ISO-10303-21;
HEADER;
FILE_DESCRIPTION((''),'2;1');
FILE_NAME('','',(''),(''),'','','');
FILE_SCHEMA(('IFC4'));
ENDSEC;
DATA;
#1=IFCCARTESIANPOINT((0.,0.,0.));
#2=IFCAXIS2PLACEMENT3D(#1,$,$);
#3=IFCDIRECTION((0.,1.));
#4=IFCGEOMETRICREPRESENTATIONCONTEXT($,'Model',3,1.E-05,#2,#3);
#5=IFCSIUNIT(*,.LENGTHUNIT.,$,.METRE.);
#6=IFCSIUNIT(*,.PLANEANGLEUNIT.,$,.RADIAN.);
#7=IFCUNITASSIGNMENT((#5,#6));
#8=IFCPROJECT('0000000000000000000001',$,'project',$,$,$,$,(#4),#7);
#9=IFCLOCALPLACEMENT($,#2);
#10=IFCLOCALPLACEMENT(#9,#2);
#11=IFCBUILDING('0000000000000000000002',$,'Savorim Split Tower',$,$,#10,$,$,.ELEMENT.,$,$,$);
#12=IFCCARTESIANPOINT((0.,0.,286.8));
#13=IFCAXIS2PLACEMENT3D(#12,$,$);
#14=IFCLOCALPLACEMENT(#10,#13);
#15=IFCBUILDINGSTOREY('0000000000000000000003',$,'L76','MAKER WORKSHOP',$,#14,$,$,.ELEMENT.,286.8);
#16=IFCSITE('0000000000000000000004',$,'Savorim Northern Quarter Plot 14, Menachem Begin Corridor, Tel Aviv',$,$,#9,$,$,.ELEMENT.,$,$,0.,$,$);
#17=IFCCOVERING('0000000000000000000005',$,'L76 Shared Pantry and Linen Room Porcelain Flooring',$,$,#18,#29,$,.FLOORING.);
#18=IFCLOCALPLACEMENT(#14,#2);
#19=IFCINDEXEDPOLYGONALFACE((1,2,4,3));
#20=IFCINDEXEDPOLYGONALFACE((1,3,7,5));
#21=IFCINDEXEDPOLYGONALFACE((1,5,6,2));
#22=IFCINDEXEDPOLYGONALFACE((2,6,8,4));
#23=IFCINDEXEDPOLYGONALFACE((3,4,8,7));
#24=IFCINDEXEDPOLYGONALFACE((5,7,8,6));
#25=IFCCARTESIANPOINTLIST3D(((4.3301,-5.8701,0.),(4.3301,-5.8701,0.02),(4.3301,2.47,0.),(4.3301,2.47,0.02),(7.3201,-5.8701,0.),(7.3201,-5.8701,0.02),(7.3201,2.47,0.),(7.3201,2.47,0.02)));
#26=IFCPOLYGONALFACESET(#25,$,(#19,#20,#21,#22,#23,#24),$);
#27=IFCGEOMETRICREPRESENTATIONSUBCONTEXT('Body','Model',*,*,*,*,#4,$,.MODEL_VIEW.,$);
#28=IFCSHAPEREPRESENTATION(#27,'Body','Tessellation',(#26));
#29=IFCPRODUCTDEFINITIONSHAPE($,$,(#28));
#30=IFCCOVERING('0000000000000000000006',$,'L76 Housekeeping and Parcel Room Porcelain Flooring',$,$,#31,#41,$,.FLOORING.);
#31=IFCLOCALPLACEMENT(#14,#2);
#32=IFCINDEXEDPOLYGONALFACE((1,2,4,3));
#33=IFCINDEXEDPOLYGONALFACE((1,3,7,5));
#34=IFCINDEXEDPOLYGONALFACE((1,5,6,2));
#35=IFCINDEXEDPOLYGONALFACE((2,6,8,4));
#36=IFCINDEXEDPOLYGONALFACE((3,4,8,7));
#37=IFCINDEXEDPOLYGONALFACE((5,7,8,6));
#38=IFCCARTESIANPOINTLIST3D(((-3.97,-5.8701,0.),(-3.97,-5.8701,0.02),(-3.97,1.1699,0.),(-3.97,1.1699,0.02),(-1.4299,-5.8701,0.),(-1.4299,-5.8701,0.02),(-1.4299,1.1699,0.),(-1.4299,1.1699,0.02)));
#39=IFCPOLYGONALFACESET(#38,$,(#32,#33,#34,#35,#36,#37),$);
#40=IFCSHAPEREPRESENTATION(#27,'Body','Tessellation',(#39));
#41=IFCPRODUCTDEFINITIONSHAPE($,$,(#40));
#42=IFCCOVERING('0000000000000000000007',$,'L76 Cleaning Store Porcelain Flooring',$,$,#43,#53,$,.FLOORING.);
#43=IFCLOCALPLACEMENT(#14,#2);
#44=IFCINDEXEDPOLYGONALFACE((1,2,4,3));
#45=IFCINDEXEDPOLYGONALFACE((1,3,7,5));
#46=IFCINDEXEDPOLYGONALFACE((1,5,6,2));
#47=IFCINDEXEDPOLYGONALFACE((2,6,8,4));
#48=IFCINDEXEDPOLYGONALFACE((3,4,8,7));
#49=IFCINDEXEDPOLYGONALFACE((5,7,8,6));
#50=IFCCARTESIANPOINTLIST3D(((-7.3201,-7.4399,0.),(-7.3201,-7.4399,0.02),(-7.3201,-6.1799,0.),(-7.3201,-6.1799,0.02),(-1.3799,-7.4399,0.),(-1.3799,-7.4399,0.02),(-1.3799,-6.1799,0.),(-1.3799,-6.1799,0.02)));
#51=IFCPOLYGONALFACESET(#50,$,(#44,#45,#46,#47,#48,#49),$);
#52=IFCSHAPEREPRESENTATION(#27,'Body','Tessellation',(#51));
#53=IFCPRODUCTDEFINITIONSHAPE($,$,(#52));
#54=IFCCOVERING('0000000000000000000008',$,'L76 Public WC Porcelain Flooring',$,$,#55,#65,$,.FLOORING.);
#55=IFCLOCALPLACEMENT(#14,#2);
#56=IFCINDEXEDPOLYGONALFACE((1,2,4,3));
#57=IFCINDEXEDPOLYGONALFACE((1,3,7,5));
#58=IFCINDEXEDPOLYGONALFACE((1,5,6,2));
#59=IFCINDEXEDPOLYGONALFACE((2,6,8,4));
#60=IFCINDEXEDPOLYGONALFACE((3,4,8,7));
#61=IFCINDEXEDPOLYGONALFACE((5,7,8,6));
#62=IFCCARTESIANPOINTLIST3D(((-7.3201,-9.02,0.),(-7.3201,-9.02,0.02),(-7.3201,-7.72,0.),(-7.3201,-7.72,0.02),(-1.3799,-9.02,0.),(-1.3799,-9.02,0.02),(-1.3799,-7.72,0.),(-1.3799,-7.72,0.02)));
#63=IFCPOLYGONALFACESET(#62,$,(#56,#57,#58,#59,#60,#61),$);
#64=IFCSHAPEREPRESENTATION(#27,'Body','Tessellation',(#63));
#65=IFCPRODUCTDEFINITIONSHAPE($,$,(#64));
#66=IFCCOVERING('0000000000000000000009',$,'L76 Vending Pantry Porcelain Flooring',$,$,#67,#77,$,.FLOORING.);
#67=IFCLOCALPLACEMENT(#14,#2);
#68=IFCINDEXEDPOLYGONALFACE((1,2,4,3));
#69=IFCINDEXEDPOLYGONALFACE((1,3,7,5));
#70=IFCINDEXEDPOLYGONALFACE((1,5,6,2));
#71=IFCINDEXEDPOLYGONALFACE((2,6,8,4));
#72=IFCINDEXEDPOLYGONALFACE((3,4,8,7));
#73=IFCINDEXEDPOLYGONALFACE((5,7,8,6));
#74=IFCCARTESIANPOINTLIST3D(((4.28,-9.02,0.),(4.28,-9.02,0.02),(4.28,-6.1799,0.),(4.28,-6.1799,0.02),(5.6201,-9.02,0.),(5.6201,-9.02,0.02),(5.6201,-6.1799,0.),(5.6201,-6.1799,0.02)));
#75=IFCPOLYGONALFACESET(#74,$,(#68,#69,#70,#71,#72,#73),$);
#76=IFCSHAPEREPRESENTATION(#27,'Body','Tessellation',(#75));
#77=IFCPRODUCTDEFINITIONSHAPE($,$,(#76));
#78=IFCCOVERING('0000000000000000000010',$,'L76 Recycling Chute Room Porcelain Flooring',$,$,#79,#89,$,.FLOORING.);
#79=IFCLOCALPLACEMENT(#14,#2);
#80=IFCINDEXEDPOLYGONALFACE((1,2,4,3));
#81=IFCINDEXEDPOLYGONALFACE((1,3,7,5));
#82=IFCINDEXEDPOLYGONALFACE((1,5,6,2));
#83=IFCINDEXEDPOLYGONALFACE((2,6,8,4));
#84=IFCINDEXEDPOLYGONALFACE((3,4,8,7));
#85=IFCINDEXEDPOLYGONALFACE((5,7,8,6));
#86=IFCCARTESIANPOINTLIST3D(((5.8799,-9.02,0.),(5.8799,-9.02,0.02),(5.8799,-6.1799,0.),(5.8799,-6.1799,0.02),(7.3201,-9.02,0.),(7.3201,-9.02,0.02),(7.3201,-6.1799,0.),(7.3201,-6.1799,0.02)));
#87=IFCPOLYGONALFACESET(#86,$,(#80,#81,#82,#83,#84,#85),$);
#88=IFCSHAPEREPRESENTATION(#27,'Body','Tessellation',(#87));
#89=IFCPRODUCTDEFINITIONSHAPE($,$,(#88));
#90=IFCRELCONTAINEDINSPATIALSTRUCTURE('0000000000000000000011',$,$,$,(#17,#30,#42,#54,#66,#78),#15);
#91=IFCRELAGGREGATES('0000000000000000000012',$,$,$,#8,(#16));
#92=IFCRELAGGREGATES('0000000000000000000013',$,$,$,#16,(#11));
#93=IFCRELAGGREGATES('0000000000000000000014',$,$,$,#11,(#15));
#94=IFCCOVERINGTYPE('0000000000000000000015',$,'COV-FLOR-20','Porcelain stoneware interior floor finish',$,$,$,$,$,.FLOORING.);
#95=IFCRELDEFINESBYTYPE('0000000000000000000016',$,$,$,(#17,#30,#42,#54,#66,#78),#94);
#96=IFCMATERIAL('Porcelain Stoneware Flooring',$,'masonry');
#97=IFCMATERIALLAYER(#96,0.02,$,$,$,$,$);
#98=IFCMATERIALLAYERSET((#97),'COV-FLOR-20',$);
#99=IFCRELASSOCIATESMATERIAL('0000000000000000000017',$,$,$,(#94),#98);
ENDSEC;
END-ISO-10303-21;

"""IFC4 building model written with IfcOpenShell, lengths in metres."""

from ifc_helpers import new_model, si_unit, direction, frame, origin, place, context, subcontext, project, spatial, polyline, outline, extrude, material, layer, layer_set, type_object, element, save


model = new_model("IFC4")

# Units and contexts
model_context = context("Model", 3, precision=1e-05, world=origin(), true_north=direction((0.0, 1.0)))
body_context = subcontext(model_context, "Body", "Model", "MODEL_VIEW")
ifc_project = project(units=[si_unit("LENGTHUNIT", "METRE"), si_unit("PLANEANGLEUNIT", "RADIAN")], contexts=[model_context])

# Site, building, storey
site_placement = place(None, origin())
site = spatial("IfcSite", under=ifc_project, at=site_placement, Name="Savorim Northern Quarter Plot 14, Menachem Begin Corridor, Tel Aviv", CompositionType="ELEMENT", RefElevation=0.0)
building_placement = place(site_placement, origin())
building = spatial("IfcBuilding", under=site, at=building_placement, Name="Savorim Split Tower", CompositionType="ELEMENT")
storey_placement = place(building_placement, frame((0.0, 0.0, 286.8)))
storey = spatial("IfcBuildingStorey", under=building, at=storey_placement, Name="L76", Description="MAKER WORKSHOP", CompositionType="ELEMENT", Elevation=286.8)

# Coverings
ifc_material_1 = material(Name="Porcelain Stoneware Flooring", Category="masonry")
ifc_layer_1 = layer(ifc_material_1, 0.02)
ifc_layer_set_1 = layer_set([ifc_layer_1], Name="COV-FLOR-20")
covering_type_1 = type_object("IfcCoveringType", Name="COV-FLOR-20", Description="Porcelain stoneware interior floor finish", PredefinedType="FLOORING", material=ifc_layer_set_1)
covering_1_placement = place(storey_placement, origin())
element("IfcCovering", 1, at=covering_1_placement, inside=storey, type_object=covering_type_1, Name="L76 Shared Pantry and Linen Room Porcelain Flooring", PredefinedType="FLOORING", context=body_context, shape_type="SweptSolid", body=[
    extrude(outline(polyline([(4.3301, 2.47), (4.3301, -5.8701), (7.3201, -5.8701), (7.3201, 2.47), (4.3301, 2.47)])), origin(), (0.0, 0.0, 1.0), 0.02),
])
covering_2_placement = place(storey_placement, origin())
element("IfcCovering", 2, at=covering_2_placement, inside=storey, type_object=covering_type_1, Name="L76 Housekeeping and Parcel Room Porcelain Flooring", PredefinedType="FLOORING", context=body_context, shape_type="SweptSolid", body=[
    extrude(outline(polyline([(-3.97, 1.1699), (-3.97, -5.8701), (-1.4299, -5.8701), (-1.4299, 1.1699), (-3.97, 1.1699)])), origin(), (0.0, 0.0, 1.0), 0.02),
])
covering_3_placement = place(storey_placement, origin())
element("IfcCovering", 3, at=covering_3_placement, inside=storey, type_object=covering_type_1, Name="L76 Cleaning Store Porcelain Flooring", PredefinedType="FLOORING", context=body_context, shape_type="SweptSolid", body=[
    extrude(outline(polyline([(-7.3201, -6.1799), (-7.3201, -7.4399), (-1.3799, -7.4399), (-1.3799, -6.1799), (-7.3201, -6.1799)])), origin(), (0.0, 0.0, 1.0), 0.02),
])
covering_4_placement = place(storey_placement, origin())
element("IfcCovering", 4, at=covering_4_placement, inside=storey, type_object=covering_type_1, Name="L76 Public WC Porcelain Flooring", PredefinedType="FLOORING", context=body_context, shape_type="SweptSolid", body=[
    extrude(outline(polyline([(-7.3201, -7.72), (-7.3201, -9.02), (-1.3799, -9.02), (-1.3799, -7.72), (-7.3201, -7.72)])), origin(), (0.0, 0.0, 1.0), 0.02),
])
covering_5_placement = place(storey_placement, origin())
element("IfcCovering", 5, at=covering_5_placement, inside=storey, type_object=covering_type_1, Name="L76 Vending Pantry Porcelain Flooring", PredefinedType="FLOORING", context=body_context, shape_type="SweptSolid", body=[
    extrude(outline(polyline([(4.28, -6.1799), (4.28, -9.02), (5.6201, -9.02), (5.6201, -6.1799), (4.28, -6.1799)])), origin(), (0.0, 0.0, 1.0), 0.02),
])
covering_6_placement = place(storey_placement, origin())
element("IfcCovering", 6, at=covering_6_placement, inside=storey, type_object=covering_type_1, Name="L76 Recycling Chute Room Porcelain Flooring", PredefinedType="FLOORING", context=body_context, shape_type="SweptSolid", body=[
    extrude(outline(polyline([(5.8799, -6.1799), (5.8799, -9.02), (7.3201, -9.02), (7.3201, -6.1799), (5.8799, -6.1799)])), origin(), (0.0, 0.0, 1.0), 0.02),
])

save(model, "model.ifc")
